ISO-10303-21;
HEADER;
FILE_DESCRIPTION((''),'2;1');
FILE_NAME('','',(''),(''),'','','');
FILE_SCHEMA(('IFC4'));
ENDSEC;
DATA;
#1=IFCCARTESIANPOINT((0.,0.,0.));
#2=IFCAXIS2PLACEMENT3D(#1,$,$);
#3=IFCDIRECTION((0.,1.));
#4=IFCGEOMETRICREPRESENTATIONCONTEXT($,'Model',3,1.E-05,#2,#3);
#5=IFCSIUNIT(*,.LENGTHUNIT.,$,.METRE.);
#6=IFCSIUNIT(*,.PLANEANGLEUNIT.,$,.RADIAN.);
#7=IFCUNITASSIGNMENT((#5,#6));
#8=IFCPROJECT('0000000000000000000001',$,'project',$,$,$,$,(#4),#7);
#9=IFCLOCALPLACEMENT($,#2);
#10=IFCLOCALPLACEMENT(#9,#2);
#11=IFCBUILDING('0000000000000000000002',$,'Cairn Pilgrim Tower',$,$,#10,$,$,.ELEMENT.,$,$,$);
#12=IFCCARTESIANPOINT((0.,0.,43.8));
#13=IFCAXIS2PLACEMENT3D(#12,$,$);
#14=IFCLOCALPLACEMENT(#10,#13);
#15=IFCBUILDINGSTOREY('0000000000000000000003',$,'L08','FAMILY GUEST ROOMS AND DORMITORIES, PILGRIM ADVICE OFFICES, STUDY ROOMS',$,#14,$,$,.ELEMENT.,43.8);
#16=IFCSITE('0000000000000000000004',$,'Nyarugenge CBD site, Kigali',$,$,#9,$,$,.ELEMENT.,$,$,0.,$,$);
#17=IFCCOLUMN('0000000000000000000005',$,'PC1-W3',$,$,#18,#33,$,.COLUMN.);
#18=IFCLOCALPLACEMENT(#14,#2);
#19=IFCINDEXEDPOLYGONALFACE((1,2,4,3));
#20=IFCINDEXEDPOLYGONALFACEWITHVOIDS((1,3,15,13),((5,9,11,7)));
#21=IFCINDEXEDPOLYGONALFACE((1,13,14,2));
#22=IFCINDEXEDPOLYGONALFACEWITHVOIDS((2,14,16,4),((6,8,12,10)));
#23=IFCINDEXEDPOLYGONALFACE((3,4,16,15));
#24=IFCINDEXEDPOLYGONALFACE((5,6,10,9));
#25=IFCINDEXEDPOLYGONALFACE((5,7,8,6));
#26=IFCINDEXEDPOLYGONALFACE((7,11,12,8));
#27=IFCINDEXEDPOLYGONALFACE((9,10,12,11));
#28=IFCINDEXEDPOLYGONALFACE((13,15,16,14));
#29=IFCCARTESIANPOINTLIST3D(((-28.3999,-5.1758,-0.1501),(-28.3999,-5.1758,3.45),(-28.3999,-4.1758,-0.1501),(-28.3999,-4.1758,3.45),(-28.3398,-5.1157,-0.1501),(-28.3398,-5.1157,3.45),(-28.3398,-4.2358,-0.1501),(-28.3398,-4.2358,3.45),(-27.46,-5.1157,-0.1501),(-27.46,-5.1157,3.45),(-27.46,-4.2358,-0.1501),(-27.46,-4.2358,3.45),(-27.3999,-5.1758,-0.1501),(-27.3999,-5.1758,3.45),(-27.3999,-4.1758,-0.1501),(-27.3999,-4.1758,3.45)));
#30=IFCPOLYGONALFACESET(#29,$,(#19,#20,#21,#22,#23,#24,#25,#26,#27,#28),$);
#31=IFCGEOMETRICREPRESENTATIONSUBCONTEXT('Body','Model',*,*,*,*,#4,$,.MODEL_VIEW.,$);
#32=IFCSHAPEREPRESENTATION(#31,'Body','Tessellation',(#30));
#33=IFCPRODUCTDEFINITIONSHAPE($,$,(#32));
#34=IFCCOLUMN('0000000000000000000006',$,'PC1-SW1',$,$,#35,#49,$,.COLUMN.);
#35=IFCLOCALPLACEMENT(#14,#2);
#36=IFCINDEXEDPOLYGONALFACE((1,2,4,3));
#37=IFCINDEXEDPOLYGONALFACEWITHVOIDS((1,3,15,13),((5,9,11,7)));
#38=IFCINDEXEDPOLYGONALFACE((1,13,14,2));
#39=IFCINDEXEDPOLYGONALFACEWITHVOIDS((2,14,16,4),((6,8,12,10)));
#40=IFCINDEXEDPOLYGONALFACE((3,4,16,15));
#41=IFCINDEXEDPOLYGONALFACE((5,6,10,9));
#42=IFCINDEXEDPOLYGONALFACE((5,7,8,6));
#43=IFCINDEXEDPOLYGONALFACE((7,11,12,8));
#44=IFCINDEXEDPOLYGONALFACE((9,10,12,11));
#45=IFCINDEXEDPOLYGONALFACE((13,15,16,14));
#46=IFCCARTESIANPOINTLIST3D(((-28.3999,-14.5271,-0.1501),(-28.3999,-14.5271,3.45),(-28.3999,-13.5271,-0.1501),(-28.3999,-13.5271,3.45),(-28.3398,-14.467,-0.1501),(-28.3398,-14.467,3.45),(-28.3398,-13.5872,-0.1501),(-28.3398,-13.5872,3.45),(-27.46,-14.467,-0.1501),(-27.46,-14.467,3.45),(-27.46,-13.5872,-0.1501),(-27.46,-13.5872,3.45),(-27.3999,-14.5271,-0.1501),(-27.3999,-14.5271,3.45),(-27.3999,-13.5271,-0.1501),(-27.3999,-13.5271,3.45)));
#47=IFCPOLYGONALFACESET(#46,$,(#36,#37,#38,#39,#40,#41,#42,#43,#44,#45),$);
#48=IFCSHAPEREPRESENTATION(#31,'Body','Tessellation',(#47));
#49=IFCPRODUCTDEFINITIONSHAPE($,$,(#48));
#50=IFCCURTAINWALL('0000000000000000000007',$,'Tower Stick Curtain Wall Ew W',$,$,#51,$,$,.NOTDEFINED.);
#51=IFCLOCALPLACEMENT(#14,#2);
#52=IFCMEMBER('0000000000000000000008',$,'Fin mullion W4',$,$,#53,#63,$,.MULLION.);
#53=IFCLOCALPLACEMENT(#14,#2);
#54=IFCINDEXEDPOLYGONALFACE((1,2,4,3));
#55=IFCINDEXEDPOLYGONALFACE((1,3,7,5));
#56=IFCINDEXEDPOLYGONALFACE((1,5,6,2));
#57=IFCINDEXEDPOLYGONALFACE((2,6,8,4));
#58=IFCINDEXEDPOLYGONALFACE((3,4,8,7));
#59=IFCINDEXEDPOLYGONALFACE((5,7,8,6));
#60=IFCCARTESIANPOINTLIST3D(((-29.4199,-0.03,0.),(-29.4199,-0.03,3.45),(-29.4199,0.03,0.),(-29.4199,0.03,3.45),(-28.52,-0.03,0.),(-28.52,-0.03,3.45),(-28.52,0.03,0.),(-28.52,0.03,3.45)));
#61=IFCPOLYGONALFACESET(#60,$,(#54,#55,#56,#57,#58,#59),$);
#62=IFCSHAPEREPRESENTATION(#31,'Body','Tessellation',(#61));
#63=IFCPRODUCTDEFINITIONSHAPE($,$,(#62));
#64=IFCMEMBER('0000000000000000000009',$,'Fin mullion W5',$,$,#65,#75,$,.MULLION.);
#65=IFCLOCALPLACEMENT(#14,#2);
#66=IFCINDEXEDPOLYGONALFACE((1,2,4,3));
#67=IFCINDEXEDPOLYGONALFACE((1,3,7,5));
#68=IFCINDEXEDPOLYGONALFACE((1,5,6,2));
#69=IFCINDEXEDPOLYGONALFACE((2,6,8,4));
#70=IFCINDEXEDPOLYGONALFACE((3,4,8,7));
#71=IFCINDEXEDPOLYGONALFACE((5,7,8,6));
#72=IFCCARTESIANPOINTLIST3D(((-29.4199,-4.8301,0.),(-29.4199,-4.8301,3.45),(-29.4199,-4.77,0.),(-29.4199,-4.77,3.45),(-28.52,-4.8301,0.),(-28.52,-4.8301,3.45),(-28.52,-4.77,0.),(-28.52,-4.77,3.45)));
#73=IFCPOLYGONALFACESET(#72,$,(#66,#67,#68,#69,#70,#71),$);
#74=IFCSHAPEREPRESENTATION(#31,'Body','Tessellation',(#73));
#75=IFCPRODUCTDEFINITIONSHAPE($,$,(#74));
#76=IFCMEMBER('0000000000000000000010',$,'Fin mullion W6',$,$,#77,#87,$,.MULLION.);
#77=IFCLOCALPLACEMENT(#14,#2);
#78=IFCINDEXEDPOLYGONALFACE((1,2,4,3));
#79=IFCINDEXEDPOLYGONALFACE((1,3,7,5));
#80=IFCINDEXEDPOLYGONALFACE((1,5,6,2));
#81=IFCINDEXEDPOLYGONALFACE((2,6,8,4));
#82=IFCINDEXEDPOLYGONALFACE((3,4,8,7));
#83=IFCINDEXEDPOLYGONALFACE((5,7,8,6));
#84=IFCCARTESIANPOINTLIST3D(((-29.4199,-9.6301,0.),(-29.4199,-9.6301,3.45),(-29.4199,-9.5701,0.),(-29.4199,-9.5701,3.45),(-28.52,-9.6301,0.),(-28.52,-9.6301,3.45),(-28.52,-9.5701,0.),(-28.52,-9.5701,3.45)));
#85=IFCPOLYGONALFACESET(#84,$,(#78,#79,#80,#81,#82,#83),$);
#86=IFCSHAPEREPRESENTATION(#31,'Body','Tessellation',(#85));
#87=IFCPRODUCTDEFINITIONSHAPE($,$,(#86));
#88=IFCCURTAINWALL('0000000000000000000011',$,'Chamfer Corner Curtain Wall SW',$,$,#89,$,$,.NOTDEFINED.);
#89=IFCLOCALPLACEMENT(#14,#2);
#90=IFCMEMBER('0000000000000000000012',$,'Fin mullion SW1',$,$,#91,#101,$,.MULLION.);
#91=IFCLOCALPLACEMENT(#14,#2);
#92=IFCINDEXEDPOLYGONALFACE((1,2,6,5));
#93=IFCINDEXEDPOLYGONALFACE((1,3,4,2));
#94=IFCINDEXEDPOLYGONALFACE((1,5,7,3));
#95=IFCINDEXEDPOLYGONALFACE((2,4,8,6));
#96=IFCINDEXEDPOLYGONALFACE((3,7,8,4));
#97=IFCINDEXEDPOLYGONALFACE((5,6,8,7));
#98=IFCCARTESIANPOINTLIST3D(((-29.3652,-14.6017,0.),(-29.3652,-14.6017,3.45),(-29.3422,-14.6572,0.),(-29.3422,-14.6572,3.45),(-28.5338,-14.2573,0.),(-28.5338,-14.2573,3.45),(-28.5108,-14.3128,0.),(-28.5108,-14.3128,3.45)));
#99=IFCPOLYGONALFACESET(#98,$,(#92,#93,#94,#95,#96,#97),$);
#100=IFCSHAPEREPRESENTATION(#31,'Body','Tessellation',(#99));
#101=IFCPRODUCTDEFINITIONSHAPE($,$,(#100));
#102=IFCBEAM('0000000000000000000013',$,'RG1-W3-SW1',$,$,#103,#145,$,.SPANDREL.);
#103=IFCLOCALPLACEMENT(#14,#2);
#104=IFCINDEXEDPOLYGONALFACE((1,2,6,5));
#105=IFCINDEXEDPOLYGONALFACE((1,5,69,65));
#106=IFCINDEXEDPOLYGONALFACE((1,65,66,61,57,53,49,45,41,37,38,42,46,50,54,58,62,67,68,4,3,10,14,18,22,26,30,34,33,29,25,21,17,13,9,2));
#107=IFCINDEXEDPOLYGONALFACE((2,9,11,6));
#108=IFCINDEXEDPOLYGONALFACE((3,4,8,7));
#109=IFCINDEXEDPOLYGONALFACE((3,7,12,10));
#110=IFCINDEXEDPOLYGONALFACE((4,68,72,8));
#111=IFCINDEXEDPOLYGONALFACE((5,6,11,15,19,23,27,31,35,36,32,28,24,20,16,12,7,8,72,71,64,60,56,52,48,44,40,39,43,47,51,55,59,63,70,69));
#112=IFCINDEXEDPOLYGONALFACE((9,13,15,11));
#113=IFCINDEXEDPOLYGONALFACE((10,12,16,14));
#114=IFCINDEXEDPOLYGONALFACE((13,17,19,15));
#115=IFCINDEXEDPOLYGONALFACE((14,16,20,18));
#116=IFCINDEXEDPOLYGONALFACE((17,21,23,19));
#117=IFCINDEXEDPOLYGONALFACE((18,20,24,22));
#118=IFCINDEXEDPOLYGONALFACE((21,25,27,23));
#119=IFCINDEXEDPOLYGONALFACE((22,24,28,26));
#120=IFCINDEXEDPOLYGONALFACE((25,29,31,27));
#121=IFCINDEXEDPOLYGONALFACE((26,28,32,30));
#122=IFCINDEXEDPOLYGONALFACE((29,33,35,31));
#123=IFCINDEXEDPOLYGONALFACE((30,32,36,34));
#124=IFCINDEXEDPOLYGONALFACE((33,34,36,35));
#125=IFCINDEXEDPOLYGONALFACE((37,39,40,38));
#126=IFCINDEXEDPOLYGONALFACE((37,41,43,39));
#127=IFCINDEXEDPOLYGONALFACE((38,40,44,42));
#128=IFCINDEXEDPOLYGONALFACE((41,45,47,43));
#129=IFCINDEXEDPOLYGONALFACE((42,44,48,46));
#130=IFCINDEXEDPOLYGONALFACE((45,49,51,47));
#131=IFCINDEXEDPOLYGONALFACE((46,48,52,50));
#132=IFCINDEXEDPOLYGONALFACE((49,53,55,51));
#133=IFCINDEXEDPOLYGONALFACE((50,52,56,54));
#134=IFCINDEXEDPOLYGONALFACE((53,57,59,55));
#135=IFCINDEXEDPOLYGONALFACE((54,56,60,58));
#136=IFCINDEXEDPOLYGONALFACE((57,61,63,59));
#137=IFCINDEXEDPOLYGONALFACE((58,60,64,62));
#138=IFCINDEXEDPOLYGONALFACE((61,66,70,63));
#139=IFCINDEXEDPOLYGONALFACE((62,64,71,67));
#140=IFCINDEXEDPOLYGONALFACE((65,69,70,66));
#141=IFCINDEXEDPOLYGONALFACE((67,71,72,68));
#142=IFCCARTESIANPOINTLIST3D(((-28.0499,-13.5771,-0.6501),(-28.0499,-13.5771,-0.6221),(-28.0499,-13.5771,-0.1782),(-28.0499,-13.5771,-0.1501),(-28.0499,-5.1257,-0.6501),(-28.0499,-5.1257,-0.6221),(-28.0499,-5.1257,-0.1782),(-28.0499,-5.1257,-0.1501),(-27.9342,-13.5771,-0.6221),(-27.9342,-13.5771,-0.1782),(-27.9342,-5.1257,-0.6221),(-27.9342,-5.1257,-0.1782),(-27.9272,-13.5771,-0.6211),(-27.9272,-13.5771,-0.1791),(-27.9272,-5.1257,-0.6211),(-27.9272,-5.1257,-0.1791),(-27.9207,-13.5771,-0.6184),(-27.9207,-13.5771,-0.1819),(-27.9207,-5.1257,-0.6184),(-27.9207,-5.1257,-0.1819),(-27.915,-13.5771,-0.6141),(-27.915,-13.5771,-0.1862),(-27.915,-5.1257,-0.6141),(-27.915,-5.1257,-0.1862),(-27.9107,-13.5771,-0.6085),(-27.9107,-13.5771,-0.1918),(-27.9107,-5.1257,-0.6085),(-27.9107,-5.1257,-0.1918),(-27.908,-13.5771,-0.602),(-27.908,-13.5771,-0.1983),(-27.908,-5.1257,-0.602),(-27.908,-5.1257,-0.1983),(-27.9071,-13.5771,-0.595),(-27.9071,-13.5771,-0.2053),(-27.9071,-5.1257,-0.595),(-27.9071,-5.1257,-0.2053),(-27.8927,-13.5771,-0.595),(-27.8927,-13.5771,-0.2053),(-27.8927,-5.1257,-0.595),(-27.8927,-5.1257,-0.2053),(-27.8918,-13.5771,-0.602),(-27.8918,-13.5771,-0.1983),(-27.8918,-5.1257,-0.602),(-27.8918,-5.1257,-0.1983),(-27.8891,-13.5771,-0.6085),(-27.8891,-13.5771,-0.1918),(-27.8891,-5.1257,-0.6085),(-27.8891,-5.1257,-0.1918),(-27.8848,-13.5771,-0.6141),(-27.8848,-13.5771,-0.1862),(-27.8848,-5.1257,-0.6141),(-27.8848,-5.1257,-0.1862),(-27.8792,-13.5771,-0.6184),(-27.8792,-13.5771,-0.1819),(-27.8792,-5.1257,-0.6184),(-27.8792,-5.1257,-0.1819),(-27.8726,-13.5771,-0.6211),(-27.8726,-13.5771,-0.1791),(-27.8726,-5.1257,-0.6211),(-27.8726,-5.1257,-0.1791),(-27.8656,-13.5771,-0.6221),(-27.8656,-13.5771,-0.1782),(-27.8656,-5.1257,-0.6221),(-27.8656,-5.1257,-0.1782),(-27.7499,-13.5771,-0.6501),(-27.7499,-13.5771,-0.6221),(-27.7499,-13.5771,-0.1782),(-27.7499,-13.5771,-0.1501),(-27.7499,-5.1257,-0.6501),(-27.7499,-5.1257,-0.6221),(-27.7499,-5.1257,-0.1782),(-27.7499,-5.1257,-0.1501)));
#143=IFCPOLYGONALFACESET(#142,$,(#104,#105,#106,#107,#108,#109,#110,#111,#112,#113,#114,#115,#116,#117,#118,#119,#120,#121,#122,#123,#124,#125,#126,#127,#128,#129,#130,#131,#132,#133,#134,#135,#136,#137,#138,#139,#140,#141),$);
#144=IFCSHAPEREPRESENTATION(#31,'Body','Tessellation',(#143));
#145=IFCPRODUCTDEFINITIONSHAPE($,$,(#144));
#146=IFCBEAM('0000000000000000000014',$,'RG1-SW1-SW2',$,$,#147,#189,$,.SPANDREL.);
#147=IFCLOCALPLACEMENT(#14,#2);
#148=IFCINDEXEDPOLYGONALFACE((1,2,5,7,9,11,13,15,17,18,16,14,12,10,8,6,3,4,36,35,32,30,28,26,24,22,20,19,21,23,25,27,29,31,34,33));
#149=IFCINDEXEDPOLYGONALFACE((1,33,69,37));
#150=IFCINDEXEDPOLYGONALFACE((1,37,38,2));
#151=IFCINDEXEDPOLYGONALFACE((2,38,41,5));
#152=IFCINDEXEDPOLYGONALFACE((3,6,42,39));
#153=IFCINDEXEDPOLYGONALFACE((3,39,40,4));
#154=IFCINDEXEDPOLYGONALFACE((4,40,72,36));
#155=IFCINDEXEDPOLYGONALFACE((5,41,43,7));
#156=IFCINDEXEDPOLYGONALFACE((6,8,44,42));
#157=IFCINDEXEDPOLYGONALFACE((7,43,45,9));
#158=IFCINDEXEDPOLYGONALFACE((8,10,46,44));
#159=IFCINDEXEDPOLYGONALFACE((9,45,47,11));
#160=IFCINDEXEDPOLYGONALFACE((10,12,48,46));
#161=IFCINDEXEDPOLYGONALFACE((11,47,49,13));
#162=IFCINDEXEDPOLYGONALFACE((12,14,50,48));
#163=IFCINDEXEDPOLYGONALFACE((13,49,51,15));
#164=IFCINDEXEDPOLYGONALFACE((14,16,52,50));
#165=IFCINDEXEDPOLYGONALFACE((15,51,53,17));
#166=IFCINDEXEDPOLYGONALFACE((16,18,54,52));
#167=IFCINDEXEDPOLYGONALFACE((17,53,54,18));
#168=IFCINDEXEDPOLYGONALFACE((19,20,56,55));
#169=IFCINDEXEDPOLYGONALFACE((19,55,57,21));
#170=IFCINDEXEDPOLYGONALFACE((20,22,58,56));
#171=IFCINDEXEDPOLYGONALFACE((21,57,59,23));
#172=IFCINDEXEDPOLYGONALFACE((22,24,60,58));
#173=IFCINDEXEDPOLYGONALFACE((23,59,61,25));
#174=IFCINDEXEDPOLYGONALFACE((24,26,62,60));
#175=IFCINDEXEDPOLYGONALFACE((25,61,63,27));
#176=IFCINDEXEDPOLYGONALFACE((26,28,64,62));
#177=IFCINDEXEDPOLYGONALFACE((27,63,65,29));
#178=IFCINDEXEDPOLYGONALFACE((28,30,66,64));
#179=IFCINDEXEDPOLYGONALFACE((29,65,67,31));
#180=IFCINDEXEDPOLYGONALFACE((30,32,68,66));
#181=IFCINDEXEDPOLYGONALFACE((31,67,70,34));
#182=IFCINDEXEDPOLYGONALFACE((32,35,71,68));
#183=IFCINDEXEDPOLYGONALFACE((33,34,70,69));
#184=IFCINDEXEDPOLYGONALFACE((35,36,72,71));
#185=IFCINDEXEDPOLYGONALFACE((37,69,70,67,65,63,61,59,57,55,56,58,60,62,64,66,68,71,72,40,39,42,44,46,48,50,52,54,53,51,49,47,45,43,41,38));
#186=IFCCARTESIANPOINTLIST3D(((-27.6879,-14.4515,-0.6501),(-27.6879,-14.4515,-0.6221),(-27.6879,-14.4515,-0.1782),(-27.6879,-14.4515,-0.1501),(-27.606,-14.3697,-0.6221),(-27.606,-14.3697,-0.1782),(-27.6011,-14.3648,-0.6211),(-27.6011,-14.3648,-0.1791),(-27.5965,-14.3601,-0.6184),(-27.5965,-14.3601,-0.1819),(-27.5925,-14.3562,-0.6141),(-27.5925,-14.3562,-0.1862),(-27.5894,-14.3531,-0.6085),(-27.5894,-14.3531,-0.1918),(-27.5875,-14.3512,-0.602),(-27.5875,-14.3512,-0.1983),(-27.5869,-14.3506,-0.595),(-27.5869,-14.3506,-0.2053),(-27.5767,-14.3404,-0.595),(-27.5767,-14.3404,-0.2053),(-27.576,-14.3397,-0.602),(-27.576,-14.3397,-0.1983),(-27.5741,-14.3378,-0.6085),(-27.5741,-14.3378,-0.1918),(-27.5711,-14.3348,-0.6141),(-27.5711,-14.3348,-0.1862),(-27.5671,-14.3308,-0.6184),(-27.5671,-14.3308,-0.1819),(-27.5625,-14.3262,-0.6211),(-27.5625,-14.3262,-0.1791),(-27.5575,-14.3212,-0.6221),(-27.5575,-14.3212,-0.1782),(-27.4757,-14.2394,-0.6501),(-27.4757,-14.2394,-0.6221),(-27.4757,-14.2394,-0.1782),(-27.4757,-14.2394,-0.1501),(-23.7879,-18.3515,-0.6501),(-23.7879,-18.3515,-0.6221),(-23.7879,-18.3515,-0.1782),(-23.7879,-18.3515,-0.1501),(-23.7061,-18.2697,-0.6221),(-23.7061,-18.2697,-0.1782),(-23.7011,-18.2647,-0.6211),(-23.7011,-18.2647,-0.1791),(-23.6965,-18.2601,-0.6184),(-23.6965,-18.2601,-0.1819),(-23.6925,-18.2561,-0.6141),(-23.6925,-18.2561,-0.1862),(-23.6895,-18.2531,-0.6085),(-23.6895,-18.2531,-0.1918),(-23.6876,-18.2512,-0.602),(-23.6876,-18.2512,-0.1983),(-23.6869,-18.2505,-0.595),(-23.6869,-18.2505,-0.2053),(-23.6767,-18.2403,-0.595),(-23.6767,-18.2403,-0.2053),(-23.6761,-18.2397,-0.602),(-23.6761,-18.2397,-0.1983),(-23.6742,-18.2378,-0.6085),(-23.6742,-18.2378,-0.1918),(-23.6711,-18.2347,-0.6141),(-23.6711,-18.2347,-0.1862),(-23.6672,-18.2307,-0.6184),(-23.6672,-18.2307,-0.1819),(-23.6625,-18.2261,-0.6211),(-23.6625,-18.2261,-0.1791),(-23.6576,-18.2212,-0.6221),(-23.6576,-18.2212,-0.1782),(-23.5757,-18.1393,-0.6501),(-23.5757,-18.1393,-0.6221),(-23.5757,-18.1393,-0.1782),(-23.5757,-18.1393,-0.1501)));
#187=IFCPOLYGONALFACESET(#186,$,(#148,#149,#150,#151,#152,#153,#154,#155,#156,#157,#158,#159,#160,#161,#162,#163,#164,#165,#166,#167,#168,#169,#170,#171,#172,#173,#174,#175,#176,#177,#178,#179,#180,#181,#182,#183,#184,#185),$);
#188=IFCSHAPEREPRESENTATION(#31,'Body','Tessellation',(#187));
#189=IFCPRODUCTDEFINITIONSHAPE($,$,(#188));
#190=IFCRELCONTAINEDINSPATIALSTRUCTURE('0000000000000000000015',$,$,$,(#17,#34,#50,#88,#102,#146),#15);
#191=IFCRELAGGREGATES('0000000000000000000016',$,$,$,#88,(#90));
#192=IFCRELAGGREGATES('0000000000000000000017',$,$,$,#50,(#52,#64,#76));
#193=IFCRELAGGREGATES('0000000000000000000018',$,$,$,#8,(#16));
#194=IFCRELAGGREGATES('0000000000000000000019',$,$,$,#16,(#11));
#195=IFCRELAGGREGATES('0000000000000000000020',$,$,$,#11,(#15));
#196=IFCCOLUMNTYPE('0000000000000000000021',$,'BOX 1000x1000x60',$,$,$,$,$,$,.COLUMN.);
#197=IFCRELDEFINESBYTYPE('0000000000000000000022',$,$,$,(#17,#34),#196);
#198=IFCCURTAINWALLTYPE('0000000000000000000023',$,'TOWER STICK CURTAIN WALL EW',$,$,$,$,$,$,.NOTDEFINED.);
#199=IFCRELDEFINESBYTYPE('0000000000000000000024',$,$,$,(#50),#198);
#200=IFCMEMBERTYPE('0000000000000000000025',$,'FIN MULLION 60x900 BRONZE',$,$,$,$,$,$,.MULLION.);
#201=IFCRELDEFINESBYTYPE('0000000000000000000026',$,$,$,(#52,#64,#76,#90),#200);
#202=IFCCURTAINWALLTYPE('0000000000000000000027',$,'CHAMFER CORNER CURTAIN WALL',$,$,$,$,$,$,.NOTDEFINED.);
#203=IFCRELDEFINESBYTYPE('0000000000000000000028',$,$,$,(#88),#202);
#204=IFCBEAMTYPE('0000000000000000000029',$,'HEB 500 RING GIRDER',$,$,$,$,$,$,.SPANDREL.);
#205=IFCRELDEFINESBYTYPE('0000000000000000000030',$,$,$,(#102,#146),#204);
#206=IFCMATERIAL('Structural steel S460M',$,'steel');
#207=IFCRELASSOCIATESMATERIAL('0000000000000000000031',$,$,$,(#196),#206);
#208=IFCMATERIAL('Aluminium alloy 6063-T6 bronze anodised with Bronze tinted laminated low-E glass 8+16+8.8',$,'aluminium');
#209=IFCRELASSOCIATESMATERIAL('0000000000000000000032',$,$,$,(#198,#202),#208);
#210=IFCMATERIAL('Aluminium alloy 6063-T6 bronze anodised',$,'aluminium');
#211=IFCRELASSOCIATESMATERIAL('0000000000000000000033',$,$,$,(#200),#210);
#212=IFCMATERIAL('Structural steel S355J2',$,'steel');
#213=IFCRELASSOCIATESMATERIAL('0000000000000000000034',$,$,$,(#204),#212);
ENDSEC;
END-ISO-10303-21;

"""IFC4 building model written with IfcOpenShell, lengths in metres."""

from ifc_helpers import new_model, si_unit, direction, frame, origin, origin_2d, place, context, subcontext, project, spatial, rectangle, hollow_rectangle, i_section, extrude, material, material_profile, profile_set, type_object, element, aggregate, save


model = new_model("IFC4")

# Units and contexts
model_context = context("Model", 3, precision=1e-05, world=origin(), true_north=direction((0.0, 1.0)))
body_context = subcontext(model_context, "Body", "Model", "MODEL_VIEW")
ifc_project = project(units=[si_unit("LENGTHUNIT", "METRE"), si_unit("PLANEANGLEUNIT", "RADIAN")], contexts=[model_context])

# Site, building, storey
site_placement = place(None, origin())
site = spatial("IfcSite", under=ifc_project, at=site_placement, Name="Nyarugenge CBD site, Kigali", CompositionType="ELEMENT", RefElevation=0.0)
building_placement = place(site_placement, origin())
building = spatial("IfcBuilding", under=site, at=building_placement, Name="Cairn Pilgrim Tower", CompositionType="ELEMENT")
storey_placement = place(building_placement, frame((0.0, 0.0, 43.8)))
storey = spatial("IfcBuildingStorey", under=building, at=storey_placement, Name="L08", Description="FAMILY GUEST ROOMS AND DORMITORIES, PILGRIM ADVICE OFFICES, STUDY ROOMS", CompositionType="ELEMENT", Elevation=43.8)

# Columns
ifc_material_1 = material(Name="Structural steel S460M", Category="steel")
ifc_material_profile_1 = material_profile(ifc_material_1, hollow_rectangle(XDim=1.0, YDim=1.0, WallThickness=0.0601, at=origin_2d()), Name="BOX 1000x1000x60")
ifc_profile_set_1 = profile_set([ifc_material_profile_1], Name="Structural steel S460M")
column_type = type_object("IfcColumnType", Name="BOX 1000x1000x60", PredefinedType="COLUMN", material=ifc_profile_set_1)
for number, where, z_axis, x_axis, name in (
    (1, (-27.8999, -4.6758, -0.1501), (0.0, 0.0, 1.0), (1.0, 0.0, 0.0), "PC1-W3"),
    (2, (-27.8999, -14.0271, -0.1501), (0.0, 0.0, 1.0), (1.0, 0.0, 0.0), "PC1-SW1"),
):
    element("IfcColumn", number, at=place(storey_placement, frame(where, z_axis=z_axis, x_axis=x_axis)), inside=storey, type_object=column_type, Name=name, PredefinedType="COLUMN", context=body_context, shape_type="SweptSolid", body=[
        extrude(hollow_rectangle(XDim=1.0, YDim=1.0, WallThickness=0.0601, at=origin_2d()), origin(), (0.0, 0.0, 1.0), 3.6001),
    ])

# Curtain wall, members
ifc_material_2 = material(Name="Aluminium alloy 6063-T6 bronze anodised with Bronze tinted laminated low-E glass 8+16+8.8", Category="aluminium")
curtain_wall_type_1 = type_object("IfcCurtainWallType", Name="TOWER STICK CURTAIN WALL EW", PredefinedType="NOTDEFINED", material=ifc_material_2)
curtain_wall_1_placement = place(storey_placement, origin())
curtain_wall_1 = element("IfcCurtainWall", 3, at=curtain_wall_1_placement, inside=storey, type_object=curtain_wall_type_1, Name="Tower Stick Curtain Wall Ew W", PredefinedType="NOTDEFINED")
ifc_material_3 = material(Name="Aluminium alloy 6063-T6 bronze anodised", Category="aluminium")
ifc_material_profile_2 = material_profile(ifc_material_3, rectangle(XDim=0.8999, YDim=0.0601, at=origin_2d()), Name="FIN MULLION 60x900 BRONZE")
ifc_profile_set_2 = profile_set([ifc_material_profile_2], Name="Aluminium alloy 6063-T6 bronze anodised")
member_type_1 = type_object("IfcMemberType", Name="FIN MULLION 60x900 BRONZE", PredefinedType="MULLION", material=ifc_profile_set_2)
member_1_placement = place(storey_placement, frame((-28.97, 0.0, 0.0), z_axis=(0.0, 0.0, 1.0), x_axis=(-1.0, 0.0, 0.0)))
member_1 = element("IfcMember", 4, at=member_1_placement, type_object=member_type_1, Name="Fin mullion W4", PredefinedType="MULLION", context=body_context, shape_type="SweptSolid", body=[
    extrude(rectangle(XDim=0.8999, YDim=0.0601, at=origin_2d()), origin(), (0.0, 0.0, 1.0), 3.45),
])
member_2_placement = place(storey_placement, frame((-28.97, -4.8, 0.0), z_axis=(0.0, 0.0, 1.0), x_axis=(-1.0, 0.0, 0.0)))
member_2 = element("IfcMember", 5, at=member_2_placement, type_object=member_type_1, Name="Fin mullion W5", PredefinedType="MULLION", context=body_context, shape_type="SweptSolid", body=[
    extrude(rectangle(XDim=0.8999, YDim=0.0601, at=origin_2d()), origin(), (0.0, 0.0, 1.0), 3.45),
])
member_3_placement = place(storey_placement, frame((-28.97, -9.6001, 0.0), z_axis=(0.0, 0.0, 1.0), x_axis=(-1.0, 0.0, 0.0)))
member_3 = element("IfcMember", 6, at=member_3_placement, type_object=member_type_1, Name="Fin mullion W6", PredefinedType="MULLION", context=body_context, shape_type="SweptSolid", body=[
    extrude(rectangle(XDim=0.8999, YDim=0.0601, at=origin_2d()), origin(), (0.0, 0.0, 1.0), 3.45),
])

# Curtain wall, member
curtain_wall_type_2 = type_object("IfcCurtainWallType", Name="CHAMFER CORNER CURTAIN WALL", PredefinedType="NOTDEFINED", material=ifc_material_2)
curtain_wall_2_placement = place(storey_placement, origin())
curtain_wall_2 = element("IfcCurtainWall", 7, at=curtain_wall_2_placement, inside=storey, type_object=curtain_wall_type_2, Name="Chamfer Corner Curtain Wall SW", PredefinedType="NOTDEFINED")
member_4_placement = place(storey_placement, frame((-28.938, -14.4573, 0.0), z_axis=(0.0, 0.0, 1.0), x_axis=(-0.92388, -0.382683, 0.0)))
member_4 = element("IfcMember", 8, at=member_4_placement, type_object=member_type_1, Name="Fin mullion SW1", PredefinedType="MULLION", context=body_context, shape_type="SweptSolid", body=[
    extrude(rectangle(XDim=0.8999, YDim=0.0601, at=origin_2d()), origin(), (0.0, 0.0, 1.0), 3.45),
])

# Beams
ifc_material_4 = material(Name="Structural steel S355J2", Category="steel")
ifc_material_profile_3 = material_profile(ifc_material_4, i_section(OverallWidth=0.3, OverallDepth=0.5, WebThickness=0.0144, FlangeThickness=0.0281, FilletRadius=0.0271, at=origin_2d()), Name="HEB 500")
ifc_profile_set_3 = profile_set([ifc_material_profile_3], Name="Structural steel S355J2")
beam_type_1 = type_object("IfcBeamType", Name="HEB 500 RING GIRDER", PredefinedType="SPANDREL", material=ifc_profile_set_3)
beam_1_placement = place(storey_placement, frame((-27.8999, -5.1257, -0.4001), z_axis=(0.0, -1.0, 0.0), x_axis=(1.0, 0.0, 0.0)))
element("IfcBeam", 9, at=beam_1_placement, inside=storey, type_object=beam_type_1, Name="RG1-W3-SW1", PredefinedType="SPANDREL", context=body_context, shape_type="SweptSolid", body=[
    extrude(i_section(OverallWidth=0.3, OverallDepth=0.5, WebThickness=0.0144, FlangeThickness=0.0281, FilletRadius=0.0271, at=origin_2d()), origin(), (0.0, 0.0, 1.0), 8.4514),
])
beam_2_placement = place(storey_placement, frame((-27.5818, -14.3455, -0.4001), z_axis=(0.707107, -0.707107, 0.0), x_axis=(0.707107, 0.707107, 0.0)))
element("IfcBeam", 10, at=beam_2_placement, inside=storey, type_object=beam_type_1, Name="RG1-SW1-SW2", PredefinedType="SPANDREL", context=body_context, shape_type="SweptSolid", body=[
    extrude(i_section(OverallWidth=0.3, OverallDepth=0.5, WebThickness=0.0144, FlangeThickness=0.0281, FilletRadius=0.0271, at=origin_2d()), origin(), (0.0, 0.0, 1.0), 5.5154),
])

aggregate(curtain_wall_2, [member_4])

aggregate(curtain_wall_1, [member_1, member_2, member_3])

save(model, "model.ifc")
